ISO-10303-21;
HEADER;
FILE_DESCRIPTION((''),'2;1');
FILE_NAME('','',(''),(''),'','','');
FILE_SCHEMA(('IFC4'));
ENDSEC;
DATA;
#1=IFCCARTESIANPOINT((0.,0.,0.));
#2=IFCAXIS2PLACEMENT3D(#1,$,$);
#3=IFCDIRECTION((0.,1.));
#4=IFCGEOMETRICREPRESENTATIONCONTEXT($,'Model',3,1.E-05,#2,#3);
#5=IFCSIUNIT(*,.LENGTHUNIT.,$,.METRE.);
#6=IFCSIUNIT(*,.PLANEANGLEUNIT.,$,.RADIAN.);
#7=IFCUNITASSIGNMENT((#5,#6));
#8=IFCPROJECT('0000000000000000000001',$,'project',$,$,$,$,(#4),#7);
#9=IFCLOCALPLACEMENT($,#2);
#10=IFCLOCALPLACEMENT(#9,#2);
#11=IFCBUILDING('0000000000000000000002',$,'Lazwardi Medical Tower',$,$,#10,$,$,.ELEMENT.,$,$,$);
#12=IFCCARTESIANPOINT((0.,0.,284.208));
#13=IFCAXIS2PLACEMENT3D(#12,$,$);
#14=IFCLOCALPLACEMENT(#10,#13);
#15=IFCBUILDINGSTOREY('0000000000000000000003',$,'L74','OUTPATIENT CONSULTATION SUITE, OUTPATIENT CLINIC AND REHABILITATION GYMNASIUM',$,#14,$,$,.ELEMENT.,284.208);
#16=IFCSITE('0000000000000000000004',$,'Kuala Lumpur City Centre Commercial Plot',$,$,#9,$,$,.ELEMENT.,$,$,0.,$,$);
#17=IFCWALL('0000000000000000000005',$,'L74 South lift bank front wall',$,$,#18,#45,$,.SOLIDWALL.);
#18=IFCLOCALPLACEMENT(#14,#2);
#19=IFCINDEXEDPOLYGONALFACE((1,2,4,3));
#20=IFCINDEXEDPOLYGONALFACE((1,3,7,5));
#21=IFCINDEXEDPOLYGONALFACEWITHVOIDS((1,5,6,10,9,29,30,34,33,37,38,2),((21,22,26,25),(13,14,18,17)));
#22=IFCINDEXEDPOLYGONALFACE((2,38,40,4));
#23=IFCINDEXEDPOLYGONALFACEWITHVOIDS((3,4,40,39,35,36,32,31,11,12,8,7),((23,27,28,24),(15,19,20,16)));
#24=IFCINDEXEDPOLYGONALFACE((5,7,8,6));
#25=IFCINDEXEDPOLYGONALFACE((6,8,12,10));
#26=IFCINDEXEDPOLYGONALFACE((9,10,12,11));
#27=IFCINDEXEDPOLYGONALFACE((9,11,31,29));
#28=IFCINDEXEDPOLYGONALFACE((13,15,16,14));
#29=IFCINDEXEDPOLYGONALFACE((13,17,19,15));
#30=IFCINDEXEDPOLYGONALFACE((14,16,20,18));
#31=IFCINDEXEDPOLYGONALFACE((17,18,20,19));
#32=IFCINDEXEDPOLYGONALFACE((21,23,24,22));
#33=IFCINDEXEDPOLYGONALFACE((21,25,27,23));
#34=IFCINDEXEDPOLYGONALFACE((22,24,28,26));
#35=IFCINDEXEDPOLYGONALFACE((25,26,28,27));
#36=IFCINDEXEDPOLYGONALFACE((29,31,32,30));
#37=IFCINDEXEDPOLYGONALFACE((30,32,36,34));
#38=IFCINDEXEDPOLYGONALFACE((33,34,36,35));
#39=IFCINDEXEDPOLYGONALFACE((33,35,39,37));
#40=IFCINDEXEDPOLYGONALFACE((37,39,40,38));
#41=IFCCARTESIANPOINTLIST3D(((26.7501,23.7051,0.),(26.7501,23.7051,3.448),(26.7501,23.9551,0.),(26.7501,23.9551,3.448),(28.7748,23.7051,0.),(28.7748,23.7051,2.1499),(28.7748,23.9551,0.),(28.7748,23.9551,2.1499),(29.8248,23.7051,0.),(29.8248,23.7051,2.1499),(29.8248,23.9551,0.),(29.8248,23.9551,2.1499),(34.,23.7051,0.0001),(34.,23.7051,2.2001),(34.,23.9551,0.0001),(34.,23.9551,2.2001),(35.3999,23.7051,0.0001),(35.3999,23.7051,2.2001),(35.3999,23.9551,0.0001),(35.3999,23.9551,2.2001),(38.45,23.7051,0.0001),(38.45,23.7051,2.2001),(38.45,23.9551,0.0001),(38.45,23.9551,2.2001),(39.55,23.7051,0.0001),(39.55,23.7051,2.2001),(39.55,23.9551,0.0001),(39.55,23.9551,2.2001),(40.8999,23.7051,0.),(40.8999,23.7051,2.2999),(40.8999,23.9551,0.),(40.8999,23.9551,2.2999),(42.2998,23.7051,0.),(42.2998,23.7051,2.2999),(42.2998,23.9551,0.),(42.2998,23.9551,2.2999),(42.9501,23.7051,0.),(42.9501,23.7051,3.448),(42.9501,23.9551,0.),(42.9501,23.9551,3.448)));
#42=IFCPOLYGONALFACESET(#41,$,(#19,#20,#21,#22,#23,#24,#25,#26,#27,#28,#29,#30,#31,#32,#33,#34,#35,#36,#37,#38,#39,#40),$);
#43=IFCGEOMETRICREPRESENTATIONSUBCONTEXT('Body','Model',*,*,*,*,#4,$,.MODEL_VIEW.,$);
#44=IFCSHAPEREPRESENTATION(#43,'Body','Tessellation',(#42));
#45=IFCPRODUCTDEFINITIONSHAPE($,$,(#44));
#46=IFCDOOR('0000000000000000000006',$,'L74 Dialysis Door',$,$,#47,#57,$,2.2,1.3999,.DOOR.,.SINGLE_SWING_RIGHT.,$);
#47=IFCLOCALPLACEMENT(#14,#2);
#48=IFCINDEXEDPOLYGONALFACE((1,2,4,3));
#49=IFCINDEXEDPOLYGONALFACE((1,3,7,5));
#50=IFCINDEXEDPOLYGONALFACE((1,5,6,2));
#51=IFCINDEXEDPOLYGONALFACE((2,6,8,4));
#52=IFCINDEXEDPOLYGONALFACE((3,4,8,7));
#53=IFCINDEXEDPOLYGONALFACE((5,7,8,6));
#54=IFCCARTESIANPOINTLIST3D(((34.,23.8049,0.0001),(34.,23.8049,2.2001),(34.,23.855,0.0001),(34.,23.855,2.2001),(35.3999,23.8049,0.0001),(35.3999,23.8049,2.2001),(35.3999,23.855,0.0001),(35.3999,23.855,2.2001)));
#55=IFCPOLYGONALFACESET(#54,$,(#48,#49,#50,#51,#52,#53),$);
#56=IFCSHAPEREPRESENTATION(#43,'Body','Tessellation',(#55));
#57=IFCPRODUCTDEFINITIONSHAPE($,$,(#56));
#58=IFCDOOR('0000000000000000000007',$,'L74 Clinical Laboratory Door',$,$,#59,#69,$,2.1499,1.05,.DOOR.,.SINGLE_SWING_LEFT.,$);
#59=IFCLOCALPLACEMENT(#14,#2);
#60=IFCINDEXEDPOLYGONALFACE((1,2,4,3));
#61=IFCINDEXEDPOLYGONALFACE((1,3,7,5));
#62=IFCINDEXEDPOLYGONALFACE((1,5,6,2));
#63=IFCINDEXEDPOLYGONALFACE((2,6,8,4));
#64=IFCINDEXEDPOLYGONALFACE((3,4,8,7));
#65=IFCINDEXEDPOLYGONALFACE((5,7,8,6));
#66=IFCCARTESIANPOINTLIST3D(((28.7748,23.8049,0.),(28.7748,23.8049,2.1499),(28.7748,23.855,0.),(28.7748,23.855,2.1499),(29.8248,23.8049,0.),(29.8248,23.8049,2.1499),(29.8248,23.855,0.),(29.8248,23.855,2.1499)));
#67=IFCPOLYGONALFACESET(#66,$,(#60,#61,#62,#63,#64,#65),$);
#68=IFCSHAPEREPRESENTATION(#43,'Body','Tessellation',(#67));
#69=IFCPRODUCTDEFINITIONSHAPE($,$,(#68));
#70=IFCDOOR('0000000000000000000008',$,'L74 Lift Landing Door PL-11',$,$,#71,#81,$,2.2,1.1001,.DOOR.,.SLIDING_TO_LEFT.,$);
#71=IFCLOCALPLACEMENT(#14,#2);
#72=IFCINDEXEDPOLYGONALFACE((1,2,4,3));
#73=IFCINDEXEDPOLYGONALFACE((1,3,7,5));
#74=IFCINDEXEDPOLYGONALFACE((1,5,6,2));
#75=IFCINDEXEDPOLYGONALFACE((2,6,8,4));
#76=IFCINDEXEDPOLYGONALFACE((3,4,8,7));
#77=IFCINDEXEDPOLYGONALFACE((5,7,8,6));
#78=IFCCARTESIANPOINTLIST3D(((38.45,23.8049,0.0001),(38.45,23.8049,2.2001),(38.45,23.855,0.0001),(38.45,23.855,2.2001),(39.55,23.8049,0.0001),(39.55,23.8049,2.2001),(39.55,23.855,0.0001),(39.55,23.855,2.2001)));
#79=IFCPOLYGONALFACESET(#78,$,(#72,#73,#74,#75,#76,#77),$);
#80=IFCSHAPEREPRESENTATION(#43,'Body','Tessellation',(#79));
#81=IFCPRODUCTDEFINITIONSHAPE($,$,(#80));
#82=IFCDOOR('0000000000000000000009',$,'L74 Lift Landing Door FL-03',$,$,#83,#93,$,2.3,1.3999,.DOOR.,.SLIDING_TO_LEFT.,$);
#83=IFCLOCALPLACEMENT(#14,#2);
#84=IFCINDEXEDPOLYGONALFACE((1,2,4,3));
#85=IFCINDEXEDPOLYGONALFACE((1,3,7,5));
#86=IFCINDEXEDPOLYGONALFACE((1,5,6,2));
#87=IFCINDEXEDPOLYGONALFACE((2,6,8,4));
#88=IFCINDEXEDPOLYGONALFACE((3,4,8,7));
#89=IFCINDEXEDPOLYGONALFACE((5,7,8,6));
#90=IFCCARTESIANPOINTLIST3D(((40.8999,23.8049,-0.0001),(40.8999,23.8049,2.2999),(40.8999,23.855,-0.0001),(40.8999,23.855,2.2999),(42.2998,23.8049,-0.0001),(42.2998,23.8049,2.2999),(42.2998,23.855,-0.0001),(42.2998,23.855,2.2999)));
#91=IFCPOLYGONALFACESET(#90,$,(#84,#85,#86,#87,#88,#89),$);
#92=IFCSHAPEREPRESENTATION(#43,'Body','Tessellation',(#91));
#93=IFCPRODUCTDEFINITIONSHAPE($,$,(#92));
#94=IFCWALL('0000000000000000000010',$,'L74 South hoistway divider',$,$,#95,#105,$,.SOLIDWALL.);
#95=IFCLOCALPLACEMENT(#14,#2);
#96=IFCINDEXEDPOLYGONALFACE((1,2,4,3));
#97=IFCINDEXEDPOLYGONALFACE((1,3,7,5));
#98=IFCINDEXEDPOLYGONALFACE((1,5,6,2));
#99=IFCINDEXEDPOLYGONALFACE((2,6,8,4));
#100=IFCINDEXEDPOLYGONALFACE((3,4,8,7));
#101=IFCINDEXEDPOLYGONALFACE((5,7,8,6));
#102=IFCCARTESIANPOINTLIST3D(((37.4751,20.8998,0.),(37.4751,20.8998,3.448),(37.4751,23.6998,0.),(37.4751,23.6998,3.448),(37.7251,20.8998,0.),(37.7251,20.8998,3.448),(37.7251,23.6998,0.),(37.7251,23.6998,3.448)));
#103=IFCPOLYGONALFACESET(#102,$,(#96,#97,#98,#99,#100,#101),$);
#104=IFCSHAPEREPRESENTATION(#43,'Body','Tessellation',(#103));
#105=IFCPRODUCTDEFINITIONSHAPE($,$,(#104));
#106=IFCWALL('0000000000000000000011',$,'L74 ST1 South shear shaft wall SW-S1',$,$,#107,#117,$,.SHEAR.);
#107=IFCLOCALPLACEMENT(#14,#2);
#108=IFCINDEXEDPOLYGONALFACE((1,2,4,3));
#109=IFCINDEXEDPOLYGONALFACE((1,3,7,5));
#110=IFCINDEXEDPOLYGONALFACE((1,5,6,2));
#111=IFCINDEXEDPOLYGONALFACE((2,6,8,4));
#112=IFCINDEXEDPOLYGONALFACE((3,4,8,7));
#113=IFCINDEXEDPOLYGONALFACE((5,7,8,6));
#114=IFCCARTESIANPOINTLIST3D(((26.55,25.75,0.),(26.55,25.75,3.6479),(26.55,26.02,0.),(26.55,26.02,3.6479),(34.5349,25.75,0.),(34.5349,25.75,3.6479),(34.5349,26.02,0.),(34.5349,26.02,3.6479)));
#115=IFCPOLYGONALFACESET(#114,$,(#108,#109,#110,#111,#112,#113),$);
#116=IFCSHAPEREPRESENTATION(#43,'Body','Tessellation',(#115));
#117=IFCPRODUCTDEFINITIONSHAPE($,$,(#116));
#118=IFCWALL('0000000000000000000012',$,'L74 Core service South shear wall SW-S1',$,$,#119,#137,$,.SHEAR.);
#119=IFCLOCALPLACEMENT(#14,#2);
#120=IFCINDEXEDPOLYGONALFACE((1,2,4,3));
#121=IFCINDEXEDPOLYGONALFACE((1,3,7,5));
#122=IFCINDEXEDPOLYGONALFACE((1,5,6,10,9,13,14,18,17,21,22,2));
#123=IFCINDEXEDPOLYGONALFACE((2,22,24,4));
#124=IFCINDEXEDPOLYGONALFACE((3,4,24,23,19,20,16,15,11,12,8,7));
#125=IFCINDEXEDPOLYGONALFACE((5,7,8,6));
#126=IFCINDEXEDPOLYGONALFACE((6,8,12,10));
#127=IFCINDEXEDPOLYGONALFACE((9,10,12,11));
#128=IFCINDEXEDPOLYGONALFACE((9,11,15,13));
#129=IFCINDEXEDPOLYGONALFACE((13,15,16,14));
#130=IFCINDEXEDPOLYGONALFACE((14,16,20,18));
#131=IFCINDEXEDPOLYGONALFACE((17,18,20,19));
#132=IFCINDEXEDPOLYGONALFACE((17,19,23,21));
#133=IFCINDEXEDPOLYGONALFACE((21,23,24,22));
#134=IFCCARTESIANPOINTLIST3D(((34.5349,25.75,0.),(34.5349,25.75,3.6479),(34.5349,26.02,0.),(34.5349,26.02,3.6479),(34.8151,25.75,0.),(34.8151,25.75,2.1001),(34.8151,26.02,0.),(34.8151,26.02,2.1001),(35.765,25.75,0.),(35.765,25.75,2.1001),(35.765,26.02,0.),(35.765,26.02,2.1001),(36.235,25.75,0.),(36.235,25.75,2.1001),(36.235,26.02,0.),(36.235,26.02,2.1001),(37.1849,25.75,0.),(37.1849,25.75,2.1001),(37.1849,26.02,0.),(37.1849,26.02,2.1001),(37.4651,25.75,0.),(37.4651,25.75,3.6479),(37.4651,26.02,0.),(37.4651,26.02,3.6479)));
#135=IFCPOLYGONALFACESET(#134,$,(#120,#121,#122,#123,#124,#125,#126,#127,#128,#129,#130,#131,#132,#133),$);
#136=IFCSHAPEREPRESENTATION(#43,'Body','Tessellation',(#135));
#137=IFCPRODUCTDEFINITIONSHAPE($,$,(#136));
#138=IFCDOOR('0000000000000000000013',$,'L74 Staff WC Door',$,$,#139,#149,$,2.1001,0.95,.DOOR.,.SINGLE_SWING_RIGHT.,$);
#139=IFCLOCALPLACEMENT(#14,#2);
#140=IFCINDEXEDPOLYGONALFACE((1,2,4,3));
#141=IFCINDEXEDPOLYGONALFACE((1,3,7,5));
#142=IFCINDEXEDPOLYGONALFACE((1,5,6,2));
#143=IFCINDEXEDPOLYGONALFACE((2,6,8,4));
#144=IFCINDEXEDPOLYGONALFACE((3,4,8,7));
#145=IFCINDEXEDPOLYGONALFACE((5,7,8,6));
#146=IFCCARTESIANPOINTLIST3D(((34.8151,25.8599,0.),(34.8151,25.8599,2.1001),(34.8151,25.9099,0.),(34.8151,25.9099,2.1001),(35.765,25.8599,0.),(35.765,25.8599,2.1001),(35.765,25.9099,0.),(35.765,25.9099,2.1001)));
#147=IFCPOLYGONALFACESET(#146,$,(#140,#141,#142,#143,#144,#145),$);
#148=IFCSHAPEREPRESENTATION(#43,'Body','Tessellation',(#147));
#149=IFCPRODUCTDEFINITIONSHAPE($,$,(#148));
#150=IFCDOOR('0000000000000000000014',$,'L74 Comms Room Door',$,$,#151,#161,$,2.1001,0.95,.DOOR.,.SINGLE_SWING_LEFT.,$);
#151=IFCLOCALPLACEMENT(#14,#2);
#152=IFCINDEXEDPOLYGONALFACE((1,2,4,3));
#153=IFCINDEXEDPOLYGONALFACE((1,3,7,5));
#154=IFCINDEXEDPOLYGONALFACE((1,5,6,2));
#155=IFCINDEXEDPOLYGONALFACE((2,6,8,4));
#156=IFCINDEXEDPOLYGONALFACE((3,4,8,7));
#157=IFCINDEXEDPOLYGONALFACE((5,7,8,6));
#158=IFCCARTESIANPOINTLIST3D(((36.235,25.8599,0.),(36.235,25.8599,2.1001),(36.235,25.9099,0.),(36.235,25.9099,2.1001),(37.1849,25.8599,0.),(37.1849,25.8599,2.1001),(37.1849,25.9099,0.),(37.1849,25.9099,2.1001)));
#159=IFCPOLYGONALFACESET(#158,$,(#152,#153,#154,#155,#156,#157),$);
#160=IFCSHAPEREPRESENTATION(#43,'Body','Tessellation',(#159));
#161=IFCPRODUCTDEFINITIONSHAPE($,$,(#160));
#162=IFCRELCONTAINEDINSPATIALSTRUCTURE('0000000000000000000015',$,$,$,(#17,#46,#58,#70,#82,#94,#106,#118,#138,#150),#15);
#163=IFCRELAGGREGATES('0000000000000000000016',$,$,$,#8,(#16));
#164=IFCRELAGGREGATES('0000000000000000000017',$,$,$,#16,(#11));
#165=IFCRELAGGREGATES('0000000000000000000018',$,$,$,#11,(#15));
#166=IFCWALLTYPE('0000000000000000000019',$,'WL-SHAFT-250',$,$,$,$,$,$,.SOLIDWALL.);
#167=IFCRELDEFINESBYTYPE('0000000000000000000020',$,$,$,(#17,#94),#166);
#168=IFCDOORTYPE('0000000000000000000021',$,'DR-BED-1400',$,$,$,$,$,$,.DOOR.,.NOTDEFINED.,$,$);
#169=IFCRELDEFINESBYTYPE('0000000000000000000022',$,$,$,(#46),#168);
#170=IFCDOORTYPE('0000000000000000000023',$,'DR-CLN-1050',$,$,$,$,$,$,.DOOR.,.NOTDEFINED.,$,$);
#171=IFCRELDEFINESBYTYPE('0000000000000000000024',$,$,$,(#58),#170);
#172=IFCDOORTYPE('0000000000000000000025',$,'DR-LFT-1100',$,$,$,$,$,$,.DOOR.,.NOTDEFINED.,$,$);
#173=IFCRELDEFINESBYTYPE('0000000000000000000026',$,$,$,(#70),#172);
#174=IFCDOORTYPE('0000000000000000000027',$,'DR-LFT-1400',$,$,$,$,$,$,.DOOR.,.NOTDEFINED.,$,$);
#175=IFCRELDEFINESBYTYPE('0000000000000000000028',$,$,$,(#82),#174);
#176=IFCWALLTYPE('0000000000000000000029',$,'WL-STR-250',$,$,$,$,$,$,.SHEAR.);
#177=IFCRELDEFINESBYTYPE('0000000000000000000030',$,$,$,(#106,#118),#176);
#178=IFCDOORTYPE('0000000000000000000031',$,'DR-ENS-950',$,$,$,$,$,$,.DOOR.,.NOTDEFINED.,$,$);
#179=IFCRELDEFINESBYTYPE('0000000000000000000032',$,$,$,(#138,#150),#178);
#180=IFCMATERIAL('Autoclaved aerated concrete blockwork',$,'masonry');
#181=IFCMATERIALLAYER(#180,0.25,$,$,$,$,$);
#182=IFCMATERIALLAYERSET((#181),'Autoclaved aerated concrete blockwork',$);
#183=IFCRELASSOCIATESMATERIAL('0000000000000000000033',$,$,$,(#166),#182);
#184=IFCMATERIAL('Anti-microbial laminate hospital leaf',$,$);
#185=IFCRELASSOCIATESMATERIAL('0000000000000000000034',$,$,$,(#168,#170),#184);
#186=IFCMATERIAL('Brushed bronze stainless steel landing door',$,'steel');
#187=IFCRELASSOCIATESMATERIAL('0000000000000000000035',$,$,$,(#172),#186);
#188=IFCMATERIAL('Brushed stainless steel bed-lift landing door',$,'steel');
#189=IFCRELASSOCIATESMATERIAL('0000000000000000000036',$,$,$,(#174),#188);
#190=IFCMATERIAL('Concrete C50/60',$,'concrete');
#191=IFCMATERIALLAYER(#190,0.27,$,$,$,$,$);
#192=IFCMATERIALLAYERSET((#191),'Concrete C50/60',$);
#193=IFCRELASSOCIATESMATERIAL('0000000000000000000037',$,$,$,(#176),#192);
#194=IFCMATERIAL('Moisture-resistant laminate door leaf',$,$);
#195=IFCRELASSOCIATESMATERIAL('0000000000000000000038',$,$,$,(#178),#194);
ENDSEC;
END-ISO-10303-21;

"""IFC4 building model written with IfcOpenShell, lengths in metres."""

from ifc_helpers import new_model, si_unit, direction, frame, frame_2d, origin, place, context, subcontext, project, spatial, rectangle, extrude, material, layer, layer_set, type_object, element, fill, save


model = new_model("IFC4")

# Units and contexts
model_context = context("Model", 3, precision=1e-05, world=origin(), true_north=direction((0.0, 1.0)))
body_context = subcontext(model_context, "Body", "Model", "MODEL_VIEW")
ifc_project = project(units=[si_unit("LENGTHUNIT", "METRE"), si_unit("PLANEANGLEUNIT", "RADIAN")], contexts=[model_context])

# Site, building, storey
site_placement = place(None, origin())
site = spatial("IfcSite", under=ifc_project, at=site_placement, Name="Kuala Lumpur City Centre Commercial Plot", CompositionType="ELEMENT", RefElevation=0.0)
building_placement = place(site_placement, origin())
building = spatial("IfcBuilding", under=site, at=building_placement, Name="Lazwardi Medical Tower", CompositionType="ELEMENT")
storey_placement = place(building_placement, frame((0.0, 0.0, 284.208)))
storey = spatial("IfcBuildingStorey", under=building, at=storey_placement, Name="L74", Description="OUTPATIENT CONSULTATION SUITE, OUTPATIENT CLINIC AND REHABILITATION GYMNASIUM", CompositionType="ELEMENT", Elevation=284.208)

# Wall, openings, doors
ifc_material_1 = material(Name="Autoclaved aerated concrete blockwork", Category="masonry")
ifc_layer_1 = layer(ifc_material_1, 0.25)
ifc_layer_set_1 = layer_set([ifc_layer_1], Name="Autoclaved aerated concrete blockwork")
wall_type_1 = type_object("IfcWallType", Name="WL-SHAFT-250", PredefinedType="SOLIDWALL", material=ifc_layer_set_1)
wall_1_placement = place(storey_placement, frame((26.75, 23.8301, 0.0), z_axis=(0.0, 0.0, 1.0), x_axis=(1.0, 0.0, 0.0)))
wall_1 = element("IfcWall", 1, at=wall_1_placement, inside=storey, type_object=wall_type_1, Name="L74 South lift bank front wall", PredefinedType="SOLIDWALL", context=body_context, shape_type="SweptSolid", body=[
    extrude(rectangle(XDim=16.2, YDim=0.25, at=frame_2d((8.1001, 0.0))), origin(), (0.0, 0.0, 1.0), 3.448),
])
opening_1_placement = place(wall_1_placement, frame((2.0249, 0.0, 0.0)))
opening_1 = element("IfcOpeningElement", 2, at=opening_1_placement, cuts=wall_1, PredefinedType="OPENING", context=body_context, shape_type="SweptSolid", body=[
    extrude(rectangle(XDim=1.05, YDim=2.1499, at=frame_2d((0.5249, 1.075))), frame((0.0, 0.135, 0.0), z_axis=(0.0, -1.0, 0.0), x_axis=(1.0, 0.0, 0.0)), (0.0, 0.0, 1.0), 0.27),
])
opening_2_placement = place(wall_1_placement, frame((7.25, 0.0, 0.0)))
opening_2 = element("IfcOpeningElement", 3, at=opening_2_placement, cuts=wall_1, PredefinedType="OPENING", context=body_context, shape_type="SweptSolid", body=[
    extrude(rectangle(XDim=1.3999, YDim=2.2, at=frame_2d((0.7, 1.1001))), frame((0.0, 0.135, 0.0), z_axis=(0.0, -1.0, 0.0), x_axis=(1.0, 0.0, 0.0)), (0.0, 0.0, 1.0), 0.27),
])
opening_3_placement = place(wall_1_placement, frame((11.7, 0.0, 0.0)))
opening_3 = element("IfcOpeningElement", 4, at=opening_3_placement, cuts=wall_1, PredefinedType="OPENING", context=body_context, shape_type="SweptSolid", body=[
    extrude(rectangle(XDim=1.1001, YDim=2.2, at=frame_2d((0.55, 1.1001))), frame((0.0, 0.135, 0.0), z_axis=(0.0, -1.0, 0.0), x_axis=(1.0, 0.0, 0.0)), (0.0, 0.0, 1.0), 0.27),
])
opening_4_placement = place(wall_1_placement, frame((14.1499, 0.0, 0.0)))
opening_4 = element("IfcOpeningElement", 5, at=opening_4_placement, cuts=wall_1, PredefinedType="OPENING", context=body_context, shape_type="SweptSolid", body=[
    extrude(rectangle(XDim=1.3999, YDim=2.3, at=frame_2d((0.7, 1.1499))), frame((0.0, 0.135, 0.0), z_axis=(0.0, -1.0, 0.0), x_axis=(1.0, 0.0, 0.0)), (0.0, 0.0, 1.0), 0.27),
])
ifc_material_2 = material(Name="Anti-microbial laminate hospital leaf")
door_type_1 = type_object("IfcDoorType", Name="DR-BED-1400", OperationType="NOTDEFINED", PredefinedType="DOOR", material=ifc_material_2)
door_1_placement = place(opening_2_placement, origin())
door_1 = element("IfcDoor", 6, at=door_1_placement, inside=storey, type_object=door_type_1, Name="L74 Dialysis Door", OperationType="SINGLE_SWING_RIGHT", OverallHeight=2.2, OverallWidth=1.3999, PredefinedType="DOOR", context=body_context, shape_type="SweptSolid", body=[
    extrude(rectangle(XDim=1.3999, YDim=2.2, at=frame_2d((0.7, 1.1001))), frame((0.0, 0.0249, 0.0), z_axis=(0.0, -1.0, 0.0), x_axis=(1.0, 0.0, 0.0)), (0.0, 0.0, 1.0), 0.05),
])
fill(opening_2, door_1)
door_type_2 = type_object("IfcDoorType", Name="DR-CLN-1050", OperationType="NOTDEFINED", PredefinedType="DOOR", material=ifc_material_2)
door_2_placement = place(opening_1_placement, origin())
door_2 = element("IfcDoor", 7, at=door_2_placement, inside=storey, type_object=door_type_2, Name="L74 Clinical Laboratory Door", OperationType="SINGLE_SWING_LEFT", OverallHeight=2.1499, OverallWidth=1.05, PredefinedType="DOOR", context=body_context, shape_type="SweptSolid", body=[
    extrude(rectangle(XDim=1.05, YDim=2.1499, at=frame_2d((0.5249, 1.075))), frame((0.0, 0.0249, 0.0), z_axis=(0.0, -1.0, 0.0), x_axis=(1.0, 0.0, 0.0)), (0.0, 0.0, 1.0), 0.05),
])
fill(opening_1, door_2)
ifc_material_3 = material(Name="Brushed bronze stainless steel landing door", Category="steel")
door_type_3 = type_object("IfcDoorType", Name="DR-LFT-1100", OperationType="NOTDEFINED", PredefinedType="DOOR", material=ifc_material_3)
door_3_placement = place(opening_3_placement, origin())
door_3 = element("IfcDoor", 8, at=door_3_placement, inside=storey, type_object=door_type_3, Name="L74 Lift Landing Door PL-11", OperationType="SLIDING_TO_LEFT", OverallHeight=2.2, OverallWidth=1.1001, PredefinedType="DOOR", context=body_context, shape_type="SweptSolid", body=[
    extrude(rectangle(XDim=1.1001, YDim=2.2, at=frame_2d((0.55, 1.1001))), frame((0.0, 0.0249, 0.0), z_axis=(0.0, -1.0, 0.0), x_axis=(1.0, 0.0, 0.0)), (0.0, 0.0, 1.0), 0.05),
])
fill(opening_3, door_3)
ifc_material_4 = material(Name="Brushed stainless steel bed-lift landing door", Category="steel")
door_type_4 = type_object("IfcDoorType", Name="DR-LFT-1400", OperationType="NOTDEFINED", PredefinedType="DOOR", material=ifc_material_4)
door_4_placement = place(opening_4_placement, origin())
door_4 = element("IfcDoor", 9, at=door_4_placement, inside=storey, type_object=door_type_4, Name="L74 Lift Landing Door FL-03", OperationType="SLIDING_TO_LEFT", OverallHeight=2.3, OverallWidth=1.3999, PredefinedType="DOOR", context=body_context, shape_type="SweptSolid", body=[
    extrude(rectangle(XDim=1.3999, YDim=2.3, at=frame_2d((0.7, 1.1499))), frame((0.0, 0.0249, 0.0), z_axis=(0.0, -1.0, 0.0), x_axis=(1.0, 0.0, 0.0)), (0.0, 0.0, 1.0), 0.05),
])
fill(opening_4, door_4)

# Walls
wall_2_placement = place(storey_placement, frame((37.6001, 20.8999, 0.0), z_axis=(0.0, 0.0, 1.0), x_axis=(0.0, 1.0, 0.0)))
element("IfcWall", 10, at=wall_2_placement, inside=storey, type_object=wall_type_1, Name="L74 South hoistway divider", PredefinedType="SOLIDWALL", context=body_context, shape_type="SweptSolid", body=[
    extrude(rectangle(XDim=2.8, YDim=0.25, at=frame_2d((1.3999, 0.0))), origin(), (0.0, 0.0, 1.0), 3.448),
])
ifc_material_5 = material(Name="Concrete C50/60", Category="concrete")
ifc_layer_2 = layer(ifc_material_5, 0.27)
ifc_layer_set_2 = layer_set([ifc_layer_2], Name="Concrete C50/60")
wall_type_2 = type_object("IfcWallType", Name="WL-STR-250", PredefinedType="SHEAR", material=ifc_layer_set_2)
wall_3_placement = place(storey_placement, frame((26.55, 25.885, 0.0), z_axis=(0.0, 0.0, 1.0), x_axis=(1.0, 0.0, 0.0)))
element("IfcWall", 11, at=wall_3_placement, inside=storey, type_object=wall_type_2, Name="L74 ST1 South shear shaft wall SW-S1", PredefinedType="SHEAR", context=body_context, shape_type="SweptSolid", body=[
    extrude(rectangle(XDim=7.9849, YDim=0.27, at=frame_2d((3.9924, 0.0))), origin(), (0.0, 0.0, 1.0), 3.6479),
])

# Wall, openings, doors
wall_4_placement = place(storey_placement, frame((34.5349, 25.885, 0.0), z_axis=(0.0, 0.0, 1.0), x_axis=(1.0, 0.0, 0.0)))
wall_4 = element("IfcWall", 12, at=wall_4_placement, inside=storey, type_object=wall_type_2, Name="L74 Core service South shear wall SW-S1", PredefinedType="SHEAR", context=body_context, shape_type="SweptSolid", body=[
    extrude(rectangle(XDim=2.9302, YDim=0.27, at=frame_2d((1.4651, 0.0))), origin(), (0.0, 0.0, 1.0), 3.6479),
])
opening_5_placement = place(wall_4_placement, frame((0.28, 0.0, 0.0)))
opening_5 = element("IfcOpeningElement", 13, at=opening_5_placement, cuts=wall_4, PredefinedType="OPENING", context=body_context, shape_type="SweptSolid", body=[
    extrude(rectangle(XDim=0.95, YDim=2.1001, at=frame_2d((0.4751, 1.05))), frame((0.0, 0.145, 0.0), z_axis=(0.0, -1.0, 0.0), x_axis=(1.0, 0.0, 0.0)), (0.0, 0.0, 1.0), 0.29),
])
opening_6_placement = place(wall_4_placement, frame((1.7, 0.0, 0.0)))
opening_6 = element("IfcOpeningElement", 14, at=opening_6_placement, cuts=wall_4, PredefinedType="OPENING", context=body_context, shape_type="SweptSolid", body=[
    extrude(rectangle(XDim=0.95, YDim=2.1001, at=frame_2d((0.4751, 1.05))), frame((0.0, 0.145, 0.0), z_axis=(0.0, -1.0, 0.0), x_axis=(1.0, 0.0, 0.0)), (0.0, 0.0, 1.0), 0.29),
])
ifc_material_6 = material(Name="Moisture-resistant laminate door leaf")
door_type_5 = type_object("IfcDoorType", Name="DR-ENS-950", OperationType="NOTDEFINED", PredefinedType="DOOR", material=ifc_material_6)
door_5_placement = place(opening_5_placement, origin())
door_5 = element("IfcDoor", 15, at=door_5_placement, inside=storey, type_object=door_type_5, Name="L74 Staff WC Door", OperationType="SINGLE_SWING_RIGHT", OverallHeight=2.1001, OverallWidth=0.95, PredefinedType="DOOR", context=body_context, shape_type="SweptSolid", body=[
    extrude(rectangle(XDim=0.95, YDim=2.1001, at=frame_2d((0.4751, 1.05))), frame((0.0, 0.0249, 0.0), z_axis=(0.0, -1.0, 0.0), x_axis=(1.0, 0.0, 0.0)), (0.0, 0.0, 1.0), 0.05),
])
fill(opening_5, door_5)
door_6_placement = place(opening_6_placement, origin())
door_6 = element("IfcDoor", 16, at=door_6_placement, inside=storey, type_object=door_type_5, Name="L74 Comms Room Door", OperationType="SINGLE_SWING_LEFT", OverallHeight=2.1001, OverallWidth=0.95, PredefinedType="DOOR", context=body_context, shape_type="SweptSolid", body=[
    extrude(rectangle(XDim=0.95, YDim=2.1001, at=frame_2d((0.4751, 1.05))), frame((0.0, 0.0249, 0.0), z_axis=(0.0, -1.0, 0.0), x_axis=(1.0, 0.0, 0.0)), (0.0, 0.0, 1.0), 0.05),
])
fill(opening_6, door_6)

save(model, "model.ifc")
